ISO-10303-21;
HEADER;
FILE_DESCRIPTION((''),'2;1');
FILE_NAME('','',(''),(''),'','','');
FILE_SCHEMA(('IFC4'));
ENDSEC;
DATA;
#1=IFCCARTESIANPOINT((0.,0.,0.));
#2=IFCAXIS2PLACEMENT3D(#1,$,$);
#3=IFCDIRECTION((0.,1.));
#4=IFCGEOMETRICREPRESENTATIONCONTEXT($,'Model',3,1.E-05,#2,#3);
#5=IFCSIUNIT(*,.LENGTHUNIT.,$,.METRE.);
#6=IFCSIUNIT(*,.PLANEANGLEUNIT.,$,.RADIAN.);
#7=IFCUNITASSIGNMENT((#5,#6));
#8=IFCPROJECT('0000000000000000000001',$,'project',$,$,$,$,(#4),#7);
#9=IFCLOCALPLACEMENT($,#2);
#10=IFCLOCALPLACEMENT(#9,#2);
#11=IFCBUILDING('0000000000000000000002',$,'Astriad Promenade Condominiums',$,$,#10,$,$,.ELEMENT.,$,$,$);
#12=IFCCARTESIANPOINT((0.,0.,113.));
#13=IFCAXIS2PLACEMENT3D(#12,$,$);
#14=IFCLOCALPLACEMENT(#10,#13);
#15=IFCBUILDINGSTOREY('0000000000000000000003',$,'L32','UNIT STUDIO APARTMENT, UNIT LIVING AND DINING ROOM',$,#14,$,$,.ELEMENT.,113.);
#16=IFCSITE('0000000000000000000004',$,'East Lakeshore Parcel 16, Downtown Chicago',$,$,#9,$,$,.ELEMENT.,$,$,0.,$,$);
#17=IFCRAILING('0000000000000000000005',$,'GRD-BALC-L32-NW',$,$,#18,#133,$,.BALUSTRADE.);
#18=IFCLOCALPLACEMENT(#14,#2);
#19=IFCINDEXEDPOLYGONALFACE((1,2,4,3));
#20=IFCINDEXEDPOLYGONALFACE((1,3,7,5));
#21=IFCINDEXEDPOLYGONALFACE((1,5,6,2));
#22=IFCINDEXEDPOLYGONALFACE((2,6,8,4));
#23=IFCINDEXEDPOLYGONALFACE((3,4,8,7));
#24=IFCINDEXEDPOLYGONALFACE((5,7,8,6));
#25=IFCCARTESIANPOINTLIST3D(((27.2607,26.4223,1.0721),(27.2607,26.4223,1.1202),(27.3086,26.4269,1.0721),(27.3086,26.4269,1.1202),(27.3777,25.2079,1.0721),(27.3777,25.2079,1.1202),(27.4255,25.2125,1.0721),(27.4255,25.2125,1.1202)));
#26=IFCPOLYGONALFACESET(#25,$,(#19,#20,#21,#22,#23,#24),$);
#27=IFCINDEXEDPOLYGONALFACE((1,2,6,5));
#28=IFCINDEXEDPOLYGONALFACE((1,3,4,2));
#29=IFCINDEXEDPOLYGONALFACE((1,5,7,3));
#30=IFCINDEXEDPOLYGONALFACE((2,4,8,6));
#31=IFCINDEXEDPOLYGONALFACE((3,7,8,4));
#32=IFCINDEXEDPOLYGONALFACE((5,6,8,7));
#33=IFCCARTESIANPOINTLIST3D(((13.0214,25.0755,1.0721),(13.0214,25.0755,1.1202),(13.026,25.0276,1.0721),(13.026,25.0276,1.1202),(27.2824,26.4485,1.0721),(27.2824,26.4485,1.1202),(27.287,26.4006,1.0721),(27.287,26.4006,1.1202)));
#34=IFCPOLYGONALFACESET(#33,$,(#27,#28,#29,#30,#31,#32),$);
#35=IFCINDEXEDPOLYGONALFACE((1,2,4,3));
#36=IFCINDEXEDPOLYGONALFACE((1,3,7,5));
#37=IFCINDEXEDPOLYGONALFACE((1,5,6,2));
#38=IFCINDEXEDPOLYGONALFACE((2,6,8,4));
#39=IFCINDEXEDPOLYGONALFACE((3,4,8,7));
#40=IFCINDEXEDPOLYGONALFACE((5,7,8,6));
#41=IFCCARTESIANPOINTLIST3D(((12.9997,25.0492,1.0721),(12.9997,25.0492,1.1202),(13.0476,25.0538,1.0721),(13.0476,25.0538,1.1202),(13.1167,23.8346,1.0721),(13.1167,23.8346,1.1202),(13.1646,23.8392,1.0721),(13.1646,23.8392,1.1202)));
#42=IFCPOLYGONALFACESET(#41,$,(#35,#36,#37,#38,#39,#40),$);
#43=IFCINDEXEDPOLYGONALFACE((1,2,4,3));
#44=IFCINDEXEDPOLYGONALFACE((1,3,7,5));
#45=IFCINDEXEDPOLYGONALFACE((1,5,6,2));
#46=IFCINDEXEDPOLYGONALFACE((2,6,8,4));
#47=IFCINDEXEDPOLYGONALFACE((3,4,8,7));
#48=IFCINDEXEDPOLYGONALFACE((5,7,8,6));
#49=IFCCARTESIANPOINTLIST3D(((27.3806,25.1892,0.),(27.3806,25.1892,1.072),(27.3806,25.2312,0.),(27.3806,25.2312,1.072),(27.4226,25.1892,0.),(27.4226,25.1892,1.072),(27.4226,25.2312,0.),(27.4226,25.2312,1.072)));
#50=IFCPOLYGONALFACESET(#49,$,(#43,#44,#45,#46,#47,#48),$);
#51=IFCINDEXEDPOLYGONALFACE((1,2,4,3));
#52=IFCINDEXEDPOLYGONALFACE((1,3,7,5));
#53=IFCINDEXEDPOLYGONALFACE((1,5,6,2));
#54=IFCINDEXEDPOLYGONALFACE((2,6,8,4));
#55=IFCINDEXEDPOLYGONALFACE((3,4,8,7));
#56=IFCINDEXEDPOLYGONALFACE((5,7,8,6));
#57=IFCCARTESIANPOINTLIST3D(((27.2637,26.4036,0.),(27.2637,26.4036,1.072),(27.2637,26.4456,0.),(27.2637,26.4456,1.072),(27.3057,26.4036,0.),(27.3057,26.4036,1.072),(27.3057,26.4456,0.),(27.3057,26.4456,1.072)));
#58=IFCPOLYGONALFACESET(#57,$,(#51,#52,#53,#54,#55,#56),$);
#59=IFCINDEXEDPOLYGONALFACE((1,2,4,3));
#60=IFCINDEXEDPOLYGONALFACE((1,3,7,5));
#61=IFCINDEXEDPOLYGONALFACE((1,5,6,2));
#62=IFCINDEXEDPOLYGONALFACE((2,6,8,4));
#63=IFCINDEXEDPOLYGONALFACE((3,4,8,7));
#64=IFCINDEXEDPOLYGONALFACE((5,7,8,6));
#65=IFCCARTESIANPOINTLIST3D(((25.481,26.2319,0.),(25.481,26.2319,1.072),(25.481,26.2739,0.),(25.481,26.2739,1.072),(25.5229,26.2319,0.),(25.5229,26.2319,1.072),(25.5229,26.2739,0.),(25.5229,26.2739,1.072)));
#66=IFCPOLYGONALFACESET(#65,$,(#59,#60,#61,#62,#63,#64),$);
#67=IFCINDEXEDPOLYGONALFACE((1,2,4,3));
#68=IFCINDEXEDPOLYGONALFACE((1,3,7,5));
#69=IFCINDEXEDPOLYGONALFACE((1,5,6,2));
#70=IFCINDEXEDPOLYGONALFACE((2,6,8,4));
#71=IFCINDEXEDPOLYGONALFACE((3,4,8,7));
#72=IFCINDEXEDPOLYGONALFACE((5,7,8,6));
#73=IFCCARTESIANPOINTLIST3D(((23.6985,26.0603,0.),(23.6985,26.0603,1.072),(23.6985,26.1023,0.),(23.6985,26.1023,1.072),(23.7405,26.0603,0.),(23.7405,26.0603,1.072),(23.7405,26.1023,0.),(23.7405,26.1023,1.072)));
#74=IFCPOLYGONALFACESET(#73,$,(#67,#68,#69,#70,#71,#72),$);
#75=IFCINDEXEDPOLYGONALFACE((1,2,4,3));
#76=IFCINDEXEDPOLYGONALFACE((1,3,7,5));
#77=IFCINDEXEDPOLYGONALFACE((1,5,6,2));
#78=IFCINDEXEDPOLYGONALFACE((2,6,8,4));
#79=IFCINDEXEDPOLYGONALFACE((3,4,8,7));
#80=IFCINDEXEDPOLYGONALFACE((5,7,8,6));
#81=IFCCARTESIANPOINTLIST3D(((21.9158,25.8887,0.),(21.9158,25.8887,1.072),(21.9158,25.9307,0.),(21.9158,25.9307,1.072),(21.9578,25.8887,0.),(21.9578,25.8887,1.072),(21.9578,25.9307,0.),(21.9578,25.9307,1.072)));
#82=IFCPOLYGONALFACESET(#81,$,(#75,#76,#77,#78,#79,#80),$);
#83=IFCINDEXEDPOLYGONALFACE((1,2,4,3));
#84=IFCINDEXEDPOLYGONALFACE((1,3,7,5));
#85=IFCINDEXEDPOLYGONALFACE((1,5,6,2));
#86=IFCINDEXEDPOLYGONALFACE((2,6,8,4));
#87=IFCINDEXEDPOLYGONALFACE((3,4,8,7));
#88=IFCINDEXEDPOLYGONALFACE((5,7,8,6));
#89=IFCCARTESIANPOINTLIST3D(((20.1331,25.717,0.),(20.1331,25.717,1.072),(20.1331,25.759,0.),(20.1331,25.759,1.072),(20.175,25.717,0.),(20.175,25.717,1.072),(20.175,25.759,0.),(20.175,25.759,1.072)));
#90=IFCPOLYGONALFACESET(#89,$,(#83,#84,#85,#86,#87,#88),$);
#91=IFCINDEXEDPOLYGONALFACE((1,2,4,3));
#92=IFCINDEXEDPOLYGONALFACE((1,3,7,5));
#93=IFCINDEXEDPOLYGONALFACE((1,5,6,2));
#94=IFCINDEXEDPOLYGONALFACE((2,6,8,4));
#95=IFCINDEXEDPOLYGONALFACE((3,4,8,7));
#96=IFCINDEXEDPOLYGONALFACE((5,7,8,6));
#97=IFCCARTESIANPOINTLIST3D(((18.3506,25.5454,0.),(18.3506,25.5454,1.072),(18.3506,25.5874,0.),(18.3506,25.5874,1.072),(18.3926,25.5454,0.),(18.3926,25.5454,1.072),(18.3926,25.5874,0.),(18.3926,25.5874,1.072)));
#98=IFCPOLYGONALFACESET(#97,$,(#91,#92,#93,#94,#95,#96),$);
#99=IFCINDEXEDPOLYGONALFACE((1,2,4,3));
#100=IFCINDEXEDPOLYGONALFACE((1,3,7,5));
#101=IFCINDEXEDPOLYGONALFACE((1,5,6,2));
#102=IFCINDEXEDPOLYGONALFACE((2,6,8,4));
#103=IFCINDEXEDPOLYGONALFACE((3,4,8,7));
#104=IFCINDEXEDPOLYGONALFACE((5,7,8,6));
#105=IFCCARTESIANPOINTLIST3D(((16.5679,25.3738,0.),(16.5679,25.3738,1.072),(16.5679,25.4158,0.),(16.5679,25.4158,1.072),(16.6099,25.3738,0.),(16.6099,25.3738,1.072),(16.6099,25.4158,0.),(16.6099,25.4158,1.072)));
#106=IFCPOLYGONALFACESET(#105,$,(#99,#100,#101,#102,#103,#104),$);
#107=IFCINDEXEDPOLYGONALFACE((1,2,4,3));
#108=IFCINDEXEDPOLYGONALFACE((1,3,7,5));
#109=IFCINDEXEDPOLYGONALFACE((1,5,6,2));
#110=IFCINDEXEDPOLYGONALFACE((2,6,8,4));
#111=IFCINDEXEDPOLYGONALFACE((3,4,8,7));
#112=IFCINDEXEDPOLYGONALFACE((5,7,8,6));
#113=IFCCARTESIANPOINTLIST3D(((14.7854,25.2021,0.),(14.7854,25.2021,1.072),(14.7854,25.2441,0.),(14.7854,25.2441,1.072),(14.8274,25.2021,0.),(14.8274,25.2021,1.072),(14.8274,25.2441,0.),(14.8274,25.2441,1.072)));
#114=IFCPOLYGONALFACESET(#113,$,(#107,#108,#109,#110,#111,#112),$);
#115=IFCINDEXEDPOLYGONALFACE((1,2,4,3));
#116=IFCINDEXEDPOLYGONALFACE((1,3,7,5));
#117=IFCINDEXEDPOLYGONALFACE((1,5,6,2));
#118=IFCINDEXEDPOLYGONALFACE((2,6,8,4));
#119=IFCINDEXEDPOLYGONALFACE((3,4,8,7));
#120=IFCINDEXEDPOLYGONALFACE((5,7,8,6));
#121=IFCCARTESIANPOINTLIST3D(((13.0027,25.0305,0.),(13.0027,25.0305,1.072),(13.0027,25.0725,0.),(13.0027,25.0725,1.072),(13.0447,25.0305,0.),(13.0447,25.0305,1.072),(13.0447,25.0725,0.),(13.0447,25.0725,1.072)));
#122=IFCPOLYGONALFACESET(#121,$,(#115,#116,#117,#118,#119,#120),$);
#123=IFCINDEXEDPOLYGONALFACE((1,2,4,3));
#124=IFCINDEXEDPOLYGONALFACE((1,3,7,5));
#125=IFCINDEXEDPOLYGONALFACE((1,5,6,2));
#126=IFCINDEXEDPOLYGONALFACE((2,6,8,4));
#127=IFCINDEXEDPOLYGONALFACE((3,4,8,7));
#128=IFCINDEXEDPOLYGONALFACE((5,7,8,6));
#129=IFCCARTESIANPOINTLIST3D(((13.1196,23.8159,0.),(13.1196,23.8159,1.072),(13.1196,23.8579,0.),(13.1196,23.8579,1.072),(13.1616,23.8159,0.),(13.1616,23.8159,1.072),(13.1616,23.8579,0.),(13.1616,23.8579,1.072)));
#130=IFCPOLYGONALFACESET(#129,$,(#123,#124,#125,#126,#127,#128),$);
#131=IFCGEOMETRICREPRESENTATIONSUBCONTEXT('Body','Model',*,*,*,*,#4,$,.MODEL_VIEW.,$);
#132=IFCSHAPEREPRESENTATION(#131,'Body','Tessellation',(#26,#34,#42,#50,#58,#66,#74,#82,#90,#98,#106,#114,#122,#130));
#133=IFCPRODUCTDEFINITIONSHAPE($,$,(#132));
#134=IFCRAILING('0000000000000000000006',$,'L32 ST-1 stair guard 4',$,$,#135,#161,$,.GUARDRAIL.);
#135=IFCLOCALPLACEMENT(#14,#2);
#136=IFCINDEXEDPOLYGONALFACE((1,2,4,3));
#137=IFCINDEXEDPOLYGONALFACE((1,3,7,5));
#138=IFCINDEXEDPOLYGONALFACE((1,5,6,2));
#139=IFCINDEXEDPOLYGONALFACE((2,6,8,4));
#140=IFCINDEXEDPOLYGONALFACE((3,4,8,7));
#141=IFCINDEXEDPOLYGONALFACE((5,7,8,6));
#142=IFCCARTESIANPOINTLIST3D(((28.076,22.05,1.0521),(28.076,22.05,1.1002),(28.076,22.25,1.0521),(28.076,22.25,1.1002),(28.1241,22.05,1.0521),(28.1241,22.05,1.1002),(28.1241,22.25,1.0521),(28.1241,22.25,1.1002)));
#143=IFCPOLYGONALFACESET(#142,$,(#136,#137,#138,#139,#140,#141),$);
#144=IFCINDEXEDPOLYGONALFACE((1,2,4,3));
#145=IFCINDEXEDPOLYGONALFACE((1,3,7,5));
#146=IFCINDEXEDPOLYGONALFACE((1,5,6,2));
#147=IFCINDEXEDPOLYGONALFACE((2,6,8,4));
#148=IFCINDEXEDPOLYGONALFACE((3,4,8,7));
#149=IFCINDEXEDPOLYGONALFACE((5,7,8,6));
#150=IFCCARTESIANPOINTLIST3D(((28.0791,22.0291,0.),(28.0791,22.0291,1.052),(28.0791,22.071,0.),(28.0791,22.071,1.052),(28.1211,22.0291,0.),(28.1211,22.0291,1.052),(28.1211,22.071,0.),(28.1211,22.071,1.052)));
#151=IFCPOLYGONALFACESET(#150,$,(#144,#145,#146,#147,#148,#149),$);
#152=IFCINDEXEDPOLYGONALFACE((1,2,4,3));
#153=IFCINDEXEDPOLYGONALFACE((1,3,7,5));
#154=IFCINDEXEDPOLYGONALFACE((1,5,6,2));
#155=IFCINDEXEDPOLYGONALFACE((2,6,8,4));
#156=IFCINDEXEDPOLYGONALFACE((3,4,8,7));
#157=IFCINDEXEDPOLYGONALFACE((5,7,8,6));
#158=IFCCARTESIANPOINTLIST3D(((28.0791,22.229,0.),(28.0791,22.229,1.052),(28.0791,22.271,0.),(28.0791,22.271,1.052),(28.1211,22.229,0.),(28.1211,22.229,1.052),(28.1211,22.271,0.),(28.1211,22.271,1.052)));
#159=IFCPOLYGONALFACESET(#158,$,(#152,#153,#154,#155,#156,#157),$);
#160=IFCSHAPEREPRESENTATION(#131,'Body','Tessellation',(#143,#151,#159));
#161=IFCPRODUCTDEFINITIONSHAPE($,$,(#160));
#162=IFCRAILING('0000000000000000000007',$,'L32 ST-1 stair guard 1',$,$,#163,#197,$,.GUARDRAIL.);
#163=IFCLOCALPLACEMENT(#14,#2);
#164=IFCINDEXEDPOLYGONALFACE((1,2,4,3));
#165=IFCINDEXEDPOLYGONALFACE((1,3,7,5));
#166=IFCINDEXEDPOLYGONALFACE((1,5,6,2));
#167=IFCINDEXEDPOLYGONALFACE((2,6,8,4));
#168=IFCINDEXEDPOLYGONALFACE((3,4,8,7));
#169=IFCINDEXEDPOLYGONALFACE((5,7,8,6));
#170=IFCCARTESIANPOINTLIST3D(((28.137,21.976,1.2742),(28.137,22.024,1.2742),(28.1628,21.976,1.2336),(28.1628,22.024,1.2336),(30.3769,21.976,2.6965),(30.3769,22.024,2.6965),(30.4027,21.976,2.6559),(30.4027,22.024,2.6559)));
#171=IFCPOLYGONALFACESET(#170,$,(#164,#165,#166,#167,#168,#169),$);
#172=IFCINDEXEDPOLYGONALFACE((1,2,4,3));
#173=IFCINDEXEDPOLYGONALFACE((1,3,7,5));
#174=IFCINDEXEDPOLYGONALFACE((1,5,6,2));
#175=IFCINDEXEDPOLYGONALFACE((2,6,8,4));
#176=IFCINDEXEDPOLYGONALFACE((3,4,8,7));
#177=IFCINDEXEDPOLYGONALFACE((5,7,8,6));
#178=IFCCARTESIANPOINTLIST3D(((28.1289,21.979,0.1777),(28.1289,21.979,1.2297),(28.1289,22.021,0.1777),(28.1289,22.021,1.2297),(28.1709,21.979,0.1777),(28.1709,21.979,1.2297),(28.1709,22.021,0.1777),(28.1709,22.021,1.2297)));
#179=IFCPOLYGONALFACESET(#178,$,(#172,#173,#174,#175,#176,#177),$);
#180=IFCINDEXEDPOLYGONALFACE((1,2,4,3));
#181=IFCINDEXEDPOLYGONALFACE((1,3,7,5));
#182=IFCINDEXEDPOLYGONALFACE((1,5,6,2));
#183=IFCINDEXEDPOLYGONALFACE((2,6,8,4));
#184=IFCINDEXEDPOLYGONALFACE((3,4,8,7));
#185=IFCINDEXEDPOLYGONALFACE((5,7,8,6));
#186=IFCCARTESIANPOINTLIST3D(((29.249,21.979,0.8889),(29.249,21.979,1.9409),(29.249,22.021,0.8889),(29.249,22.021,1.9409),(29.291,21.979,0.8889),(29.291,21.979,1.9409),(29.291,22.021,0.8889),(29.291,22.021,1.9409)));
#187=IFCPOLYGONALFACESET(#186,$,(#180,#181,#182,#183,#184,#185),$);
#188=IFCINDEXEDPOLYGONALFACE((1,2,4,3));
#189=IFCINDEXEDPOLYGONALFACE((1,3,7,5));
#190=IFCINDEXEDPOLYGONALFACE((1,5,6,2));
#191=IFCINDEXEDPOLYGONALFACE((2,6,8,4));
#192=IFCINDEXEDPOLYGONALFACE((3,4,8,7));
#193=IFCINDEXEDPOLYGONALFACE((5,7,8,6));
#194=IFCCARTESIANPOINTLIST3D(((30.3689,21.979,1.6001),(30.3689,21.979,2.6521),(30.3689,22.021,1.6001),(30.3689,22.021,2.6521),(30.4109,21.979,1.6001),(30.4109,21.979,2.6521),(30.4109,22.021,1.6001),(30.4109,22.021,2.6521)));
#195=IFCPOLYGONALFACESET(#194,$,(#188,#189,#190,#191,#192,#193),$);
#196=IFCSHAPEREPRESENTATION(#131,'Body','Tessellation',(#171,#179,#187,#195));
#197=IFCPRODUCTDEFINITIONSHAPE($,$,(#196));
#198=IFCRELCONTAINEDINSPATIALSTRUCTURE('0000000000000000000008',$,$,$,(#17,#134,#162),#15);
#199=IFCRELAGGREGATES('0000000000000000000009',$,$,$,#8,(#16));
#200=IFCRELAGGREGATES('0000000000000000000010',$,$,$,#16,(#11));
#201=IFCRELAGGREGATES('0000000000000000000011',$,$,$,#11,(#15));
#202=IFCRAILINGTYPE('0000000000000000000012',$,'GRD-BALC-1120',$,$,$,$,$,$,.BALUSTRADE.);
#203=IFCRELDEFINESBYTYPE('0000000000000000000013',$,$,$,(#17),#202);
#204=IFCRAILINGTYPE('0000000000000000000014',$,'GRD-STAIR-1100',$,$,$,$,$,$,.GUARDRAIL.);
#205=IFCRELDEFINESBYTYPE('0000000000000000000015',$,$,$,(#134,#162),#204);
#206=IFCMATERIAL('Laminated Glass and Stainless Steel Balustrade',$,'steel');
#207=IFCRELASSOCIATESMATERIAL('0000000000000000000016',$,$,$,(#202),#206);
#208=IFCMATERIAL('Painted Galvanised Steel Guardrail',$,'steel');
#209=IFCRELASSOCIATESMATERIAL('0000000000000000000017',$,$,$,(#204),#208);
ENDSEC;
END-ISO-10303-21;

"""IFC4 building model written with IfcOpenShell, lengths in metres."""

from ifc_helpers import new_model, si_unit, direction, frame, origin, origin_2d, place, context, subcontext, project, spatial, rectangle, extrude, source, transform, mapped, material, type_object, type_shapes, element, save


model = new_model("IFC4")

# Units and contexts
model_context = context("Model", 3, precision=1e-05, world=origin(), true_north=direction((0.0, 1.0)))
body_context = subcontext(model_context, "Body", "Model", "MODEL_VIEW")
ifc_project = project(units=[si_unit("LENGTHUNIT", "METRE"), si_unit("PLANEANGLEUNIT", "RADIAN")], contexts=[model_context])

# Site, building, storey
site_placement = place(None, origin())
site = spatial("IfcSite", under=ifc_project, at=site_placement, Name="East Lakeshore Parcel 16, Downtown Chicago", CompositionType="ELEMENT", RefElevation=0.0)
building_placement = place(site_placement, origin())
building = spatial("IfcBuilding", under=site, at=building_placement, Name="Astriad Promenade Condominiums", CompositionType="ELEMENT")
storey_placement = place(building_placement, frame((0.0, 0.0, 113.0)))
storey = spatial("IfcBuildingStorey", under=building, at=storey_placement, Name="L32", Description="UNIT STUDIO APARTMENT, UNIT LIVING AND DINING ROOM", CompositionType="ELEMENT", Elevation=113.0)

# Railings
ifc_material_1 = material(Name="Laminated Glass and Stainless Steel Balustrade", Category="steel")
railing_type_1 = type_object("IfcRailingType", Name="GRD-BALC-1120", PredefinedType="BALUSTRADE", material=ifc_material_1)
shared_shape_1 = source(origin(), body_context, "Body", "SweptSolid", [
    extrude(rectangle(XDim=0.0481, YDim=0.0481, at=origin_2d()), frame((0.0, 0.0, 1.0962), z_axis=(-0.095857, 0.995395, 0.0), x_axis=(-0.995395, -0.095857, 0.0)), (0.0, 0.0, 1.0), 1.22),
    extrude(rectangle(XDim=0.0481, YDim=0.0481, at=origin_2d()), frame((-0.1169, 1.2144, 1.0962), z_axis=(-0.995397, -0.095837, 0.0), x_axis=(0.095837, -0.995397, 0.0)), (0.0, 0.0, 1.0), 14.3269),
    extrude(rectangle(XDim=0.0481, YDim=0.0481, at=origin_2d()), frame((-14.3779, -0.1587, 1.0962), z_axis=(0.095838, -0.995397, 0.0), x_axis=(0.995397, 0.095838, 0.0)), (0.0, 0.0, 1.0), 1.2202),
    extrude(rectangle(XDim=0.042, YDim=0.042, at=origin_2d()), origin(), (0.0, 0.0, 1.0), 1.072),
    extrude(rectangle(XDim=0.042, YDim=0.042, at=origin_2d()), frame((-0.1169, 1.2144, 0.0)), (0.0, 0.0, 1.0), 1.072),
    extrude(rectangle(XDim=0.042, YDim=0.042, at=origin_2d()), frame((-1.8997, 1.0427, 0.0)), (0.0, 0.0, 1.0), 1.072),
    extrude(rectangle(XDim=0.042, YDim=0.042, at=origin_2d()), frame((-3.6821, 0.8711, 0.0)), (0.0, 0.0, 1.0), 1.072),
    extrude(rectangle(XDim=0.042, YDim=0.042, at=origin_2d()), frame((-5.4648, 0.6995, 0.0)), (0.0, 0.0, 1.0), 1.072),
    extrude(rectangle(XDim=0.042, YDim=0.042, at=origin_2d()), frame((-7.2476, 0.5278, 0.0)), (0.0, 0.0, 1.0), 1.072),
    extrude(rectangle(XDim=0.042, YDim=0.042, at=origin_2d()), frame((-9.03, 0.3562, 0.0)), (0.0, 0.0, 1.0), 1.072),
    extrude(rectangle(XDim=0.042, YDim=0.042, at=origin_2d()), frame((-10.8127, 0.1846, 0.0)), (0.0, 0.0, 1.0), 1.072),
    extrude(rectangle(XDim=0.042, YDim=0.042, at=origin_2d()), frame((-12.5952, 0.0129, 0.0)), (0.0, 0.0, 1.0), 1.072),
    extrude(rectangle(XDim=0.042, YDim=0.042, at=origin_2d()), frame((-14.3779, -0.1587, 0.0)), (0.0, 0.0, 1.0), 1.072),
    extrude(rectangle(XDim=0.042, YDim=0.042, at=origin_2d()), frame((-14.261, -1.3733, 0.0)), (0.0, 0.0, 1.0), 1.072),
])
type_shapes(railing_type_1, [shared_shape_1])
railing_1_placement = place(storey_placement, frame((27.4016, 25.2102, 0.0)))
element("IfcRailing", 1, at=railing_1_placement, inside=storey, type_object=railing_type_1, Name="GRD-BALC-L32-NW", PredefinedType="BALUSTRADE", context=body_context, shape_type="MappedRepresentation", body=[
    mapped(shared_shape_1, transform((0.0, 0.0, 0.0), scale=1.0)),
])
ifc_material_2 = material(Name="Painted Galvanised Steel Guardrail", Category="steel")
railing_type_2 = type_object("IfcRailingType", Name="GRD-STAIR-1100", PredefinedType="GUARDRAIL", material=ifc_material_2)
shared_shape_2 = source(origin(), body_context, "Body", "SweptSolid", [
    extrude(rectangle(XDim=0.0481, YDim=0.0481, at=origin_2d()), frame((0.0, 0.0, 1.0762), z_axis=(0.0, 1.0, 0.0), x_axis=(-1.0, 0.0, 0.0)), (0.0, 0.0, 1.0), 0.2),
    extrude(rectangle(XDim=0.042, YDim=0.042, at=origin_2d()), origin(), (0.0, 0.0, 1.0), 1.052),
    extrude(rectangle(XDim=0.042, YDim=0.042, at=origin_2d()), frame((0.0, 0.2, 0.0)), (0.0, 0.0, 1.0), 1.052),
])
railing_2_placement = place(storey_placement, frame((28.1001, 22.05, 0.0)))
element("IfcRailing", 2, at=railing_2_placement, inside=storey, type_object=railing_type_2, Name="L32 ST-1 stair guard 4", PredefinedType="GUARDRAIL", context=body_context, shape_type="MappedRepresentation", body=[
    mapped(shared_shape_2, transform((0.0, 0.0, 0.0), scale=1.0)),
])
shared_shape_3 = source(origin(), body_context, "Body", "SweptSolid", [
    extrude(rectangle(XDim=0.0481, YDim=0.0481, at=origin_2d()), frame((0.0, 0.0, 1.0762), z_axis=(0.844188, 0.0, 0.536048), x_axis=(0.0, 1.0, 0.0)), (0.0, 0.0, 1.0), 2.6533),
    extrude(rectangle(XDim=0.042, YDim=0.042, at=origin_2d()), origin(), (0.0, 0.0, 1.0), 1.052),
    extrude(rectangle(XDim=0.042, YDim=0.042, at=origin_2d()), frame((1.1201, 0.0, 0.7112)), (0.0, 0.0, 1.0), 1.052),
    extrude(rectangle(XDim=0.042, YDim=0.042, at=origin_2d()), frame((2.24, 0.0, 1.4224)), (0.0, 0.0, 1.0), 1.052),
])
railing_3_placement = place(storey_placement, frame((28.1499, 22.0, 0.1777)))
element("IfcRailing", 3, at=railing_3_placement, inside=storey, type_object=railing_type_2, Name="L32 ST-1 stair guard 1", PredefinedType="GUARDRAIL", context=body_context, shape_type="MappedRepresentation", body=[
    mapped(shared_shape_3, transform((0.0, 0.0, 0.0), scale=1.0)),
])

save(model, "model.ifc")
